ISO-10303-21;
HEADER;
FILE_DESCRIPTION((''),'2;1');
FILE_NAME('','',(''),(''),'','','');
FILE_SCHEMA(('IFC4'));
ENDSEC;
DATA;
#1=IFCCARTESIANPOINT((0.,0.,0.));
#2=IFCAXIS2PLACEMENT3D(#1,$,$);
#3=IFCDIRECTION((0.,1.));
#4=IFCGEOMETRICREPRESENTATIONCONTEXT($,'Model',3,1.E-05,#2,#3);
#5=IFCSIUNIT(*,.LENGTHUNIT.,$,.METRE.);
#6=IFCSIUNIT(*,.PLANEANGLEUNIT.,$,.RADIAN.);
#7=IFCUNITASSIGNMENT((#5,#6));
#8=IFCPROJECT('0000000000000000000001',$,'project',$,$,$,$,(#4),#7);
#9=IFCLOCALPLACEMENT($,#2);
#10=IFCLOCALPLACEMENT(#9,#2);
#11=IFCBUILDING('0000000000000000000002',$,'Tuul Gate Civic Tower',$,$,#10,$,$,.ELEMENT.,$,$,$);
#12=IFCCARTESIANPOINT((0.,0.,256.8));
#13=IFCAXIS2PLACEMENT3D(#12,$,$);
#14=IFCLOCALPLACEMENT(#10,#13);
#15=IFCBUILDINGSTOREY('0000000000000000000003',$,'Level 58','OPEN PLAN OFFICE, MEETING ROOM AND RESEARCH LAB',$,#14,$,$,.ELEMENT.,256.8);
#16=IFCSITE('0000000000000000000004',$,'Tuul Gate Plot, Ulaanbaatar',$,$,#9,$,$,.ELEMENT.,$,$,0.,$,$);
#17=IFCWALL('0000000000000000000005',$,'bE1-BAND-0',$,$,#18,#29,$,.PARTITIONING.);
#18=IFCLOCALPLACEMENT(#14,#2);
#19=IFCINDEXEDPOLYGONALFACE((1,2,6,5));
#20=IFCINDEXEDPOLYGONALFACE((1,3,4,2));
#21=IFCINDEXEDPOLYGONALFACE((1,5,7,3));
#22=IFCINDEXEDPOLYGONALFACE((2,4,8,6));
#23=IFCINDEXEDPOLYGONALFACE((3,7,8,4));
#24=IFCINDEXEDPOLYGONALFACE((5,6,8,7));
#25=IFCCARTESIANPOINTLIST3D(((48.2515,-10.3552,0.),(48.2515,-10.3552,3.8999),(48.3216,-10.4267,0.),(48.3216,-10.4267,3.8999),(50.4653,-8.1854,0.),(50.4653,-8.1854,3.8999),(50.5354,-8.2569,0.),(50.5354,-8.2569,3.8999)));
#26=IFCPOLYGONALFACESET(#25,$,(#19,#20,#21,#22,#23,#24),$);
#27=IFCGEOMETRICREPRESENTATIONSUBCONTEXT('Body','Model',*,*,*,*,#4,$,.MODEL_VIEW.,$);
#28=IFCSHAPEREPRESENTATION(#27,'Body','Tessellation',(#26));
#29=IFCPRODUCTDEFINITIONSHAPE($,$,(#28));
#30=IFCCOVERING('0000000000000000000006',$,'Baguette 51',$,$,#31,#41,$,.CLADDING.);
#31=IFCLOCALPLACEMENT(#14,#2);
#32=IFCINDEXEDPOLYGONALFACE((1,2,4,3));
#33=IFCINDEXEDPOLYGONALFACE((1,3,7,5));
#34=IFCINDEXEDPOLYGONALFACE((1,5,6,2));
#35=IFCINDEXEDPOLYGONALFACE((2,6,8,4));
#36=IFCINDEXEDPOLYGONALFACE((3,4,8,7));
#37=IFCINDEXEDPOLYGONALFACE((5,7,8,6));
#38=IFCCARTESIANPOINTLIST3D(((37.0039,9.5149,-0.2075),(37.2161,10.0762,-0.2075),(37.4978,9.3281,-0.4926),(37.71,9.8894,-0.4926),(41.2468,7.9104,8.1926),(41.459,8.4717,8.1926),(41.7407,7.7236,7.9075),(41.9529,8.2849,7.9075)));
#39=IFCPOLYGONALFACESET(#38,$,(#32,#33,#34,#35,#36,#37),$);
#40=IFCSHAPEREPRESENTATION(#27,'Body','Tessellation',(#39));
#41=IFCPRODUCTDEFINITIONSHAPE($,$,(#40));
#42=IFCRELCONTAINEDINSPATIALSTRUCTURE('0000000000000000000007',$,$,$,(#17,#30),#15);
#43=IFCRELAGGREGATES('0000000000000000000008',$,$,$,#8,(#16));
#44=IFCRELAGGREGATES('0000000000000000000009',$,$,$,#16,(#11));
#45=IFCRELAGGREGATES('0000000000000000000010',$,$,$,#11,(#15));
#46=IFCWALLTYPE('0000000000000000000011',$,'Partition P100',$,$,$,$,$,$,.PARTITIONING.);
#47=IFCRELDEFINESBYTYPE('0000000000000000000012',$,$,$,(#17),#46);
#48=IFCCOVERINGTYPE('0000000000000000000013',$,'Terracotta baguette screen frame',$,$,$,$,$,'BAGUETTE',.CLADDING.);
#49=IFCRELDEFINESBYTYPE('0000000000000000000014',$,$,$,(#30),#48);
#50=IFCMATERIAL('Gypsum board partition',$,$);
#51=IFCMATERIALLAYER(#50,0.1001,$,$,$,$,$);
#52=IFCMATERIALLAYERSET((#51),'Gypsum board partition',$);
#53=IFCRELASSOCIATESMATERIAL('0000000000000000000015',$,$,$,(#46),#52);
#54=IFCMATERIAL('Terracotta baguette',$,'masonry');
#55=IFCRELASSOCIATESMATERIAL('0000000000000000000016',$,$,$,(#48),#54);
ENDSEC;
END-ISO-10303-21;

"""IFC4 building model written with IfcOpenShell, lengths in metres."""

from ifc_helpers import new_model, si_unit, direction, frame, frame_2d, origin, origin_2d, place, context, subcontext, project, spatial, rectangle, extrude, material, layer, layer_set, material_profile, profile_set, type_object, element, save


model = new_model("IFC4")

# Units and contexts
model_context = context("Model", 3, precision=1e-05, world=origin(), true_north=direction((0.0, 1.0)))
body_context = subcontext(model_context, "Body", "Model", "MODEL_VIEW")
ifc_project = project(units=[si_unit("LENGTHUNIT", "METRE"), si_unit("PLANEANGLEUNIT", "RADIAN")], contexts=[model_context])

# Site, building, storey
site_placement = place(None, origin())
site = spatial("IfcSite", under=ifc_project, at=site_placement, Name="Tuul Gate Plot, Ulaanbaatar", CompositionType="ELEMENT", RefElevation=0.0)
building_placement = place(site_placement, origin())
building = spatial("IfcBuilding", under=site, at=building_placement, Name="Tuul Gate Civic Tower", CompositionType="ELEMENT")
storey_placement = place(building_placement, frame((0.0, 0.0, 256.8)))
storey = spatial("IfcBuildingStorey", under=building, at=storey_placement, Name="Level 58", Description="OPEN PLAN OFFICE, MEETING ROOM AND RESEARCH LAB", CompositionType="ELEMENT", Elevation=256.8)

# Wall
ifc_material_1 = material(Name="Gypsum board partition")
ifc_layer_1 = layer(ifc_material_1, 0.1001)
ifc_layer_set_1 = layer_set([ifc_layer_1], Name="Gypsum board partition")
wall_type_1 = type_object("IfcWallType", Name="Partition P100", PredefinedType="PARTITIONING", material=ifc_layer_set_1)
wall_1_placement = place(storey_placement, frame((48.2866, -10.3909, 0.0), z_axis=(0.0, 0.0, 1.0), x_axis=(0.714159, 0.699983, 0.0)))
element("IfcWall", 1, at=wall_1_placement, inside=storey, type_object=wall_type_1, Name="bE1-BAND-0", PredefinedType="PARTITIONING", context=body_context, shape_type="SweptSolid", body=[
    extrude(rectangle(XDim=3.0999, YDim=0.1001, at=frame_2d((1.5498, 0.0))), origin(), (0.0, 0.0, 1.0), 3.8999),
])

# Covering
ifc_material_2 = material(Name="Terracotta baguette", Category="masonry")
ifc_material_profile_1 = material_profile(ifc_material_2, rectangle(XDim=0.6001, YDim=0.6001, at=origin_2d()), Name="Terracotta baguette screen frame")
ifc_profile_set_1 = profile_set([ifc_material_profile_1], Name="Terracotta baguette")
covering_type = type_object("IfcCoveringType", Name="Terracotta baguette screen frame", ElementType="BAGUETTE", PredefinedType="CLADDING", material=ifc_profile_set_1)
covering_placement = place(storey_placement, frame((41.5999, 8.0977, 8.05), z_axis=(-0.444439, 0.168068, -0.879902), x_axis=(-0.353711, -0.935355, 0.0)))
element("IfcCovering", 2, at=covering_placement, inside=storey, type_object=covering_type, Name="Baguette 51", PredefinedType="CLADDING", context=body_context, shape_type="SweptSolid", body=[
    extrude(rectangle(XDim=0.6001, YDim=0.6001, at=origin_2d()), origin(), (0.0, 0.0, 1.0), 9.5466),
])

save(model, "model.ifc")
